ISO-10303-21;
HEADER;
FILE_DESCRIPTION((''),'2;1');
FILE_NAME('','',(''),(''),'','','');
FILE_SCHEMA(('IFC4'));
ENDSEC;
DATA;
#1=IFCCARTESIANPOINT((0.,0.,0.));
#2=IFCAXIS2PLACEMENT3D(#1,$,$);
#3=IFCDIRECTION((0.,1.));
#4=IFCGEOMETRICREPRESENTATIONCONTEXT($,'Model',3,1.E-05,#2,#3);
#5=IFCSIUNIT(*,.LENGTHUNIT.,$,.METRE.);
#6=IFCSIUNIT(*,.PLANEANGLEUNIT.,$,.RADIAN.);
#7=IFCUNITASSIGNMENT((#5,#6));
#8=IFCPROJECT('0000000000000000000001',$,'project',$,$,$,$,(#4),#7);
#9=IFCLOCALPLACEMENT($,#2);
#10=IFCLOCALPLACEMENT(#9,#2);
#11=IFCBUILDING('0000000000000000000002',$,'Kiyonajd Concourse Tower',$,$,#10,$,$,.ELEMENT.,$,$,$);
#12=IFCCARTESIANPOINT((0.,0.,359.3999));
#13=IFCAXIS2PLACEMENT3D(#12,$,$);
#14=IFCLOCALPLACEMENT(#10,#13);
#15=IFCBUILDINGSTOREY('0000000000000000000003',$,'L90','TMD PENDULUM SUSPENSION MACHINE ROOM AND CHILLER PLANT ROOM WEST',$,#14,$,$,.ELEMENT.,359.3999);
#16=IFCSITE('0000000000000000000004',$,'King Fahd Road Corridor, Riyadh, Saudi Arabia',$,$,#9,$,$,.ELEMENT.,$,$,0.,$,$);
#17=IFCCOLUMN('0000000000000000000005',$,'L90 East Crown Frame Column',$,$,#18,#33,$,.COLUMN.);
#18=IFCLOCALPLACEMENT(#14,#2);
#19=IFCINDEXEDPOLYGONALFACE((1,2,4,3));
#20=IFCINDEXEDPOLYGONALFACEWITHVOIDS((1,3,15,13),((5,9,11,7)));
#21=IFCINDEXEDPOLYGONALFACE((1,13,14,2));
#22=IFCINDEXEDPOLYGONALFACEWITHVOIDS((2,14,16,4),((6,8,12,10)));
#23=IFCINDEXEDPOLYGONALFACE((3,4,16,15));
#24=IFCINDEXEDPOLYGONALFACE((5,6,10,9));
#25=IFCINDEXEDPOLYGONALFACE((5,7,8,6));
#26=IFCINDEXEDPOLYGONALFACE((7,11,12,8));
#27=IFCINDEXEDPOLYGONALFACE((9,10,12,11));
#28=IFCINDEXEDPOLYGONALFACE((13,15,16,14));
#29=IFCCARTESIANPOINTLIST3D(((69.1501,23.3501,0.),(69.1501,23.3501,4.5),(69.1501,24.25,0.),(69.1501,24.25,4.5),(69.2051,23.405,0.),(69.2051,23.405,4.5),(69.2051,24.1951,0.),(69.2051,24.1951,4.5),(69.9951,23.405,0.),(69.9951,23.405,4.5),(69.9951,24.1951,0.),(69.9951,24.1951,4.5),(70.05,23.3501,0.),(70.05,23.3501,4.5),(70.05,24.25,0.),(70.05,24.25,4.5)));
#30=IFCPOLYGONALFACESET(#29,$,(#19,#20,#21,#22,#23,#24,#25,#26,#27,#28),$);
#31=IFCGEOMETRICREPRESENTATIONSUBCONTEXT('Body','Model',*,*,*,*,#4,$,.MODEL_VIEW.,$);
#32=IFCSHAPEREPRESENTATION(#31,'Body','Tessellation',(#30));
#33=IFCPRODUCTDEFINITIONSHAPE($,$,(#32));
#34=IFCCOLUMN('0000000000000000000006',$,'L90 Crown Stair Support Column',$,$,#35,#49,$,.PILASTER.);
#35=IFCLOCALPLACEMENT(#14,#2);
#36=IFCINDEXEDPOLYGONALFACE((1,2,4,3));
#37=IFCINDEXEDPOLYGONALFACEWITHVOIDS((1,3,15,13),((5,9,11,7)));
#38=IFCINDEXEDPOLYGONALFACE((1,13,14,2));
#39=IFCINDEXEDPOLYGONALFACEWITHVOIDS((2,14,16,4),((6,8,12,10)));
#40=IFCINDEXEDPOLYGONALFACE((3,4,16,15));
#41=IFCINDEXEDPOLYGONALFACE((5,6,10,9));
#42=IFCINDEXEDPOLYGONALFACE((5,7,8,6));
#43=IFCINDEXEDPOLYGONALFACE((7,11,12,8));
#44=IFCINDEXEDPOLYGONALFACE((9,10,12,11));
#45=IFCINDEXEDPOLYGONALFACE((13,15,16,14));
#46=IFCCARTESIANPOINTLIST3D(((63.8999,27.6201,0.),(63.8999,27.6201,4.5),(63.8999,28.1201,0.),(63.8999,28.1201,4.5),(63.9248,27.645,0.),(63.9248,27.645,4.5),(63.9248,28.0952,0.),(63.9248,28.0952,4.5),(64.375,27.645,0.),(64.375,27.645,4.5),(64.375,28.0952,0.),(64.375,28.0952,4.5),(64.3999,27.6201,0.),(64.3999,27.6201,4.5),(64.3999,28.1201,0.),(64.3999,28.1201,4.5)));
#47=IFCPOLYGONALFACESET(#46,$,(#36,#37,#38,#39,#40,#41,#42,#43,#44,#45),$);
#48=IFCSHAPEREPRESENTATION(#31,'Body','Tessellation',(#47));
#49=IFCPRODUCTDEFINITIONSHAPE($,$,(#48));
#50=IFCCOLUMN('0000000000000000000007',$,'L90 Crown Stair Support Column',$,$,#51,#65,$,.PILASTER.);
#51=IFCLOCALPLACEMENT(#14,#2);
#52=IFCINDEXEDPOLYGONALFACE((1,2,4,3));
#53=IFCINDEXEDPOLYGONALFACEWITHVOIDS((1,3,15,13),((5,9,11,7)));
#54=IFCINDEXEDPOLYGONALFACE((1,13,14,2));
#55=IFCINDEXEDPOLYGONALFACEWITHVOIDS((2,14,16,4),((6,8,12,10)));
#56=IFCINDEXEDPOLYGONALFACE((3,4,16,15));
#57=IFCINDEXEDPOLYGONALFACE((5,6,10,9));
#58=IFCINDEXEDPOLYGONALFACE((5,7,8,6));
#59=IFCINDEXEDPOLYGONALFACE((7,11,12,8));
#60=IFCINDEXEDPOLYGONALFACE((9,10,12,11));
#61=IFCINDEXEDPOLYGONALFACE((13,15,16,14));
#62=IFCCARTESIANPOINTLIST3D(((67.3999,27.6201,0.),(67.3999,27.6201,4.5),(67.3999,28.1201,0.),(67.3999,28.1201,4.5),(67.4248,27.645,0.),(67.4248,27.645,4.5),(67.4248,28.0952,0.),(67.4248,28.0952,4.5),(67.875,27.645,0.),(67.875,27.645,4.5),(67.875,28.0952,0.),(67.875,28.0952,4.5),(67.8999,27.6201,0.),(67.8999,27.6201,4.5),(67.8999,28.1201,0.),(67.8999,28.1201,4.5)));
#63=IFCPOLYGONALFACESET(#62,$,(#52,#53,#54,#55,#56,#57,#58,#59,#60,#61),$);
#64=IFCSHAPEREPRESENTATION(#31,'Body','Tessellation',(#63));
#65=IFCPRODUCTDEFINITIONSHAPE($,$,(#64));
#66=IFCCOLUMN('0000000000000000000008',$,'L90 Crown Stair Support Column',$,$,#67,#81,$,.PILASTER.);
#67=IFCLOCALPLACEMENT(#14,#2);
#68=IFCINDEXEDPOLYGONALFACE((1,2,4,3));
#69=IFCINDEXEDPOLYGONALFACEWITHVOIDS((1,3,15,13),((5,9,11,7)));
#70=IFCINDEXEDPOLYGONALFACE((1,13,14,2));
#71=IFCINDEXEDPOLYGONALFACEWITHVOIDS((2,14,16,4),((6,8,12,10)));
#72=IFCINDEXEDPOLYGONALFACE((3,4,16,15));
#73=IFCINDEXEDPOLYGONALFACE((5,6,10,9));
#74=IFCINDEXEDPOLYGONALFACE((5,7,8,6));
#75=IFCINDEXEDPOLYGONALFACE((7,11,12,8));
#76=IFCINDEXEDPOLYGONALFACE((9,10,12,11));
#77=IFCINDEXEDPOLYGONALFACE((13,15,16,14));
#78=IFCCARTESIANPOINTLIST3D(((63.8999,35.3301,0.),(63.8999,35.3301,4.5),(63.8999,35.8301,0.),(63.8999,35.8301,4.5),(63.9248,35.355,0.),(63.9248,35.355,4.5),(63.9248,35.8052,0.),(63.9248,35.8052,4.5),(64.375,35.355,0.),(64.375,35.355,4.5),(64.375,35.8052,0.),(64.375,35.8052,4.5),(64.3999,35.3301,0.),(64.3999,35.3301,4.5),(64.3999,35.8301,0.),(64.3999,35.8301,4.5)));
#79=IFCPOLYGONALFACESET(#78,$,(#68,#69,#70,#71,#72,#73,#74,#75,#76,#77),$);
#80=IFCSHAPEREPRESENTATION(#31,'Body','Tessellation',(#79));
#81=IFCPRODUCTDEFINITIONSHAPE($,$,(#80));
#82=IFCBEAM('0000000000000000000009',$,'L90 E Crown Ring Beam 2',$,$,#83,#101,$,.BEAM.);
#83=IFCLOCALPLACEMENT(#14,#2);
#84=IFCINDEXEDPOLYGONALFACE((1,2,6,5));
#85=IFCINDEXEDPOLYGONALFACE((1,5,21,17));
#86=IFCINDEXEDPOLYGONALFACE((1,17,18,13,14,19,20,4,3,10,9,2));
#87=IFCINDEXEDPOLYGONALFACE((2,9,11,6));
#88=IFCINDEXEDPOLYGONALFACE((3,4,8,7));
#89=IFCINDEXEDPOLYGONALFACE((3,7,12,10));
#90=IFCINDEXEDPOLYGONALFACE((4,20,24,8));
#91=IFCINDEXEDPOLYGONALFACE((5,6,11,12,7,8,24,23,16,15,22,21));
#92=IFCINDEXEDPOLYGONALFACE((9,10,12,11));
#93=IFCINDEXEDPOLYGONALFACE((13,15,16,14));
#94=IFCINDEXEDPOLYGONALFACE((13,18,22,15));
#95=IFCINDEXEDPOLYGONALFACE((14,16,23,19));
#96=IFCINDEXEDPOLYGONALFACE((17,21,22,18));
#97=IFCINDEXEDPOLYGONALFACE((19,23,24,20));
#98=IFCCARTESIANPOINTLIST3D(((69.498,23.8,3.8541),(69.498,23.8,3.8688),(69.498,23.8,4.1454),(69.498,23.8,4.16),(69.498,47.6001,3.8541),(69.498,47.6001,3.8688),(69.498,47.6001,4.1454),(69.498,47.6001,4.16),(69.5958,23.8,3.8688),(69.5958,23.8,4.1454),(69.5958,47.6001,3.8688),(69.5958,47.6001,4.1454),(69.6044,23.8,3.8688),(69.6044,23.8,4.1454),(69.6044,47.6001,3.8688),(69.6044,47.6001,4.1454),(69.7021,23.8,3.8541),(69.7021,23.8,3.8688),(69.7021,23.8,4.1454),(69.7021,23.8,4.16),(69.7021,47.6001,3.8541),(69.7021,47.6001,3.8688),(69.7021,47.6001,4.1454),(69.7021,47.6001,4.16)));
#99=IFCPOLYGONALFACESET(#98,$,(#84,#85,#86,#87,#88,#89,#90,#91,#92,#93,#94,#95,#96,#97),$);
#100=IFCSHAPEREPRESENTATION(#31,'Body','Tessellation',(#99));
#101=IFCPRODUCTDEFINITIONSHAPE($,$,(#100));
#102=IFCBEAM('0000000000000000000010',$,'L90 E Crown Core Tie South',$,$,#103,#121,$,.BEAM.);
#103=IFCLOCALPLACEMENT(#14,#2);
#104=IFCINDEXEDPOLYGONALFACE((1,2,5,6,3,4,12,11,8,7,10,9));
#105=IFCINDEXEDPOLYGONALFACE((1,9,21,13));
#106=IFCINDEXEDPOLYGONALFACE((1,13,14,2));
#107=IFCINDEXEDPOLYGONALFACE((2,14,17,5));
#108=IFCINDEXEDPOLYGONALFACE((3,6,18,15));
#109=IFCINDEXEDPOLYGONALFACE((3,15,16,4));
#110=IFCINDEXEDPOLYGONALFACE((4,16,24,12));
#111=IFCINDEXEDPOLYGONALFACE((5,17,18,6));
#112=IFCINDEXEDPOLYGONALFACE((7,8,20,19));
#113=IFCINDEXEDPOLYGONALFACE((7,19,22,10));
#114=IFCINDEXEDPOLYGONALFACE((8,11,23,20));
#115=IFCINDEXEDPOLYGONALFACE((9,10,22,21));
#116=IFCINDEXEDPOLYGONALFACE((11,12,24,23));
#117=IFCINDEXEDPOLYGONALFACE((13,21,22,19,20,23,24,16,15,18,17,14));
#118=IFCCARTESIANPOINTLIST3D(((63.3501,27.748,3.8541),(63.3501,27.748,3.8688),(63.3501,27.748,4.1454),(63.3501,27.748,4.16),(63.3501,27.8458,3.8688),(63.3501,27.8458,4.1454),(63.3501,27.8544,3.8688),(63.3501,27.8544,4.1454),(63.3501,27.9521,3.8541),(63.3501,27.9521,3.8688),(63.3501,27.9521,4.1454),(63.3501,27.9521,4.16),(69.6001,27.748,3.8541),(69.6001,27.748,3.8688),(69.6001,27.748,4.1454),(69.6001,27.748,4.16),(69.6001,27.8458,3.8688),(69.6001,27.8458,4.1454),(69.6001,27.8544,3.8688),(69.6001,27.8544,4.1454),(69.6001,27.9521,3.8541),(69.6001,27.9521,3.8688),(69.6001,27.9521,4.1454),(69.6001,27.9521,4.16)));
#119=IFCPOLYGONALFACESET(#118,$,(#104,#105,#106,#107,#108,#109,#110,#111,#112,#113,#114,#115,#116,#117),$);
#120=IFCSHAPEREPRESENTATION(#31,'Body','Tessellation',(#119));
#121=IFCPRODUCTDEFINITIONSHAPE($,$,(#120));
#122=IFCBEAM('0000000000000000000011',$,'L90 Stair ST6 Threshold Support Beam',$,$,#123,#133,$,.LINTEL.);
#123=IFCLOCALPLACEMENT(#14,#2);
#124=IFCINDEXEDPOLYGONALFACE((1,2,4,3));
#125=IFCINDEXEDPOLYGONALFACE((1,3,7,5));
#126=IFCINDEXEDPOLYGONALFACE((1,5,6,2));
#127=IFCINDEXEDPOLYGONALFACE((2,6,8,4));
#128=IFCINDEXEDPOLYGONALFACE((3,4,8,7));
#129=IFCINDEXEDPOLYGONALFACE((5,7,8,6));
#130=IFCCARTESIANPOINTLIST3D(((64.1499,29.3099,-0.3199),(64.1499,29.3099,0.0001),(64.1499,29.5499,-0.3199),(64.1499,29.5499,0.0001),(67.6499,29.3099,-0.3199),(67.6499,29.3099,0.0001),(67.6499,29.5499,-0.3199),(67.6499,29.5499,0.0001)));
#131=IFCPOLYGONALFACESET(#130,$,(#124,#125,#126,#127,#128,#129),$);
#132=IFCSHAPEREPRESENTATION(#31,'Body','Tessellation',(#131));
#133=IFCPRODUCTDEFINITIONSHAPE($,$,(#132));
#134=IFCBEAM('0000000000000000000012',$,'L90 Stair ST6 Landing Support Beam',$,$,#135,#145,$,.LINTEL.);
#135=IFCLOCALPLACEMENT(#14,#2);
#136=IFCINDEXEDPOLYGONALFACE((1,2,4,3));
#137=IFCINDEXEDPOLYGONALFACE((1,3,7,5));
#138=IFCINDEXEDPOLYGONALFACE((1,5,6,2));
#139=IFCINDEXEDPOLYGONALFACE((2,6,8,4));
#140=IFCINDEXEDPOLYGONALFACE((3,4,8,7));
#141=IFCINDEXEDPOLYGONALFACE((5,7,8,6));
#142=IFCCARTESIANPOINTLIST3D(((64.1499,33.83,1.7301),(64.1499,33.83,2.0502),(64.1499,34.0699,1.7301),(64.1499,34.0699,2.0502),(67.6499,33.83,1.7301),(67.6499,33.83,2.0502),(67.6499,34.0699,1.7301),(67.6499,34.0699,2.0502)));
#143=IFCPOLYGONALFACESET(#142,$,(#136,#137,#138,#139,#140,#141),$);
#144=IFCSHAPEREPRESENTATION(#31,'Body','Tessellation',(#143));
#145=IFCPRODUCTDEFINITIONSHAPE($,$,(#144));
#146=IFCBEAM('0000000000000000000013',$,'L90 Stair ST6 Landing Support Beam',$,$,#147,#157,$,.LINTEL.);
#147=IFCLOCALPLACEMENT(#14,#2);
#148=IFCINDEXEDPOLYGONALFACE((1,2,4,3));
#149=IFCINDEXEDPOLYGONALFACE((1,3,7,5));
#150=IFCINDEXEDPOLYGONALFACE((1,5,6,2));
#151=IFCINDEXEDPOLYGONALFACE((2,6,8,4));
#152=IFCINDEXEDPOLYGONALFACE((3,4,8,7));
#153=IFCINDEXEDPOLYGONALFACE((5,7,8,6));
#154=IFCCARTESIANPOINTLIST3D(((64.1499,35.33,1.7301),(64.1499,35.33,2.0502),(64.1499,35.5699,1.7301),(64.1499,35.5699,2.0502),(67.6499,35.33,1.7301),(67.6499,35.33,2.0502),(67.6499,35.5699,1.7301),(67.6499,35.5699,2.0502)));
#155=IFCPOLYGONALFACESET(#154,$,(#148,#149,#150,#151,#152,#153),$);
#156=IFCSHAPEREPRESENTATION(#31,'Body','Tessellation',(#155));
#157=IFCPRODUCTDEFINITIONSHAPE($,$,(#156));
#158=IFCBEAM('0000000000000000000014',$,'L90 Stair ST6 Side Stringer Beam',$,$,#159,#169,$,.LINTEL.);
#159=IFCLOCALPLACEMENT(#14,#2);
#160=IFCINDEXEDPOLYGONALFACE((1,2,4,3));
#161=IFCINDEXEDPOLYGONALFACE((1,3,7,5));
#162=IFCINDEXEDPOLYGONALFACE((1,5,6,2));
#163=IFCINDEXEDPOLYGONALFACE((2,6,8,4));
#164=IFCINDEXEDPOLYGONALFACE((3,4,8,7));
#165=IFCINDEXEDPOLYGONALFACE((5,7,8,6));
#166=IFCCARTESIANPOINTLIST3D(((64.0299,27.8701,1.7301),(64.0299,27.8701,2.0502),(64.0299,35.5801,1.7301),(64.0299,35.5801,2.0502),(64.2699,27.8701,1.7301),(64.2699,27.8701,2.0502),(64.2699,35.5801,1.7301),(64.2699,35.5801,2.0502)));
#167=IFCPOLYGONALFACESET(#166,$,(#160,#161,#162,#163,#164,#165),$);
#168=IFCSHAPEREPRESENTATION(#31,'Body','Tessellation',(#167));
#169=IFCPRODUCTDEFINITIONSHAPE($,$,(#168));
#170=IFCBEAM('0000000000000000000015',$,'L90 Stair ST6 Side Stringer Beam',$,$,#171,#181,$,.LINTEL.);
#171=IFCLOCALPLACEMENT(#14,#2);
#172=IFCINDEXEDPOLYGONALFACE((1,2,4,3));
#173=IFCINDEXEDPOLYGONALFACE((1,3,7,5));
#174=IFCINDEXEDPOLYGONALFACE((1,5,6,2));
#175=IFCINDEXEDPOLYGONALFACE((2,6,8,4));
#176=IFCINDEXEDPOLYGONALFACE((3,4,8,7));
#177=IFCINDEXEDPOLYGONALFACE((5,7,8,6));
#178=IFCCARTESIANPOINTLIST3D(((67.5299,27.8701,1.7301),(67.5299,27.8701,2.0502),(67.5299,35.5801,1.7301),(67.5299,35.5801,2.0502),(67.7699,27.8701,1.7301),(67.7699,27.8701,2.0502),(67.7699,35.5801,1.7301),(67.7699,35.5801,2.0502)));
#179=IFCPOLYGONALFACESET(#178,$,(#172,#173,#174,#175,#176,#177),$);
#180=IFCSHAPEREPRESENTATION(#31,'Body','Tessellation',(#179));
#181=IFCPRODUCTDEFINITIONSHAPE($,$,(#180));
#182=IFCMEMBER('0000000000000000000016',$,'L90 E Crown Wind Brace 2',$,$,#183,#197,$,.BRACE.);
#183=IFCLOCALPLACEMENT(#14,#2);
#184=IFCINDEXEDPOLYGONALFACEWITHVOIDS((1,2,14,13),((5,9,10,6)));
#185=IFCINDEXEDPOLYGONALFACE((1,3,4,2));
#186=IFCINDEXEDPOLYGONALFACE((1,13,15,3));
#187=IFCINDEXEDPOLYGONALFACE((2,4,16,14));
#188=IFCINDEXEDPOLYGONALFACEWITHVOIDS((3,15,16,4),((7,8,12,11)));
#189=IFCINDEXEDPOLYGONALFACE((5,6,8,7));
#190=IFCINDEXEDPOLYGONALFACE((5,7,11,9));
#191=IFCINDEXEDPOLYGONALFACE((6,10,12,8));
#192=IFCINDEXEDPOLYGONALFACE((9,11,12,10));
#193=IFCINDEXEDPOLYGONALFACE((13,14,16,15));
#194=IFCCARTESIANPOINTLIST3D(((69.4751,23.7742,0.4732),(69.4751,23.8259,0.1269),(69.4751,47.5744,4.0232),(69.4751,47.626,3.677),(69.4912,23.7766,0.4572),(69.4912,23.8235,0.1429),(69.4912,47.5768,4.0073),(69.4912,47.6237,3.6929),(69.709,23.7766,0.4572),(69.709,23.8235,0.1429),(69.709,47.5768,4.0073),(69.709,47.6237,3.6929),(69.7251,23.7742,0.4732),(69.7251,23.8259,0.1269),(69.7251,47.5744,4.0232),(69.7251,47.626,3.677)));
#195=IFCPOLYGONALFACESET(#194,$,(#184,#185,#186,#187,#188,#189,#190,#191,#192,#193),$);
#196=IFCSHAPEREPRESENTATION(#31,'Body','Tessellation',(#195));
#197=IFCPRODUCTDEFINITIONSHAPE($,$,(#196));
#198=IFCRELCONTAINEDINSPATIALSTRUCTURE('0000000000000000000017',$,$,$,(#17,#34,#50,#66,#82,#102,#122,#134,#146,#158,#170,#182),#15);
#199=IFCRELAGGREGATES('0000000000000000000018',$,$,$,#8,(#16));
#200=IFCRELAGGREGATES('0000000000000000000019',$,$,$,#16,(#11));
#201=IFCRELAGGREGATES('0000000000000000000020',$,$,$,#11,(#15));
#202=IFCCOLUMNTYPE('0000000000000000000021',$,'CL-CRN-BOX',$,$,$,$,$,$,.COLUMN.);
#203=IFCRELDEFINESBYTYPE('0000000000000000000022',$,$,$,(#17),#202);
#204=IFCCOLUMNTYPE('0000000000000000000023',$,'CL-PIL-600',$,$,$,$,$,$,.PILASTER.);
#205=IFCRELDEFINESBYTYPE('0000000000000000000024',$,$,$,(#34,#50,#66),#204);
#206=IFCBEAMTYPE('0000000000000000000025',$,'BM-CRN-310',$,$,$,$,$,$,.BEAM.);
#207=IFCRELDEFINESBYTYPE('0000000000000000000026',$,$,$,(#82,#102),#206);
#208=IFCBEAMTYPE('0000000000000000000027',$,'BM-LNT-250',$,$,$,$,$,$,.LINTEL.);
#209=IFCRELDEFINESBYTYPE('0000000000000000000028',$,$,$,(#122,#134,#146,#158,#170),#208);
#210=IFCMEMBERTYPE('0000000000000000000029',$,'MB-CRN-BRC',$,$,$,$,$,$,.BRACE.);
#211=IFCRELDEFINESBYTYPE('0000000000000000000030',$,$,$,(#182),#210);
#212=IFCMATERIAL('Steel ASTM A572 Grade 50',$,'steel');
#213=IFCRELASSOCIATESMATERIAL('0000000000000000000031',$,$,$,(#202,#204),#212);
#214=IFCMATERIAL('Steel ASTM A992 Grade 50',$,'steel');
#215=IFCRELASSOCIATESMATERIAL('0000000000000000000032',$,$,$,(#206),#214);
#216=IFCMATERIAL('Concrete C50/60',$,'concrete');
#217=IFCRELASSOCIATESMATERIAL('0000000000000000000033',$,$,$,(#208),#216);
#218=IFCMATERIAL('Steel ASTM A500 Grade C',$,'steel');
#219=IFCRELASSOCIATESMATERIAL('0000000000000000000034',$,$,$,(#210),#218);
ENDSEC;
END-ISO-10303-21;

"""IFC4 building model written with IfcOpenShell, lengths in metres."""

from ifc_helpers import new_model, si_unit, direction, frame, origin, origin_2d, place, context, subcontext, project, spatial, rectangle, hollow_rectangle, i_section, extrude, material, material_profile, profile_set, type_object, element, save


model = new_model("IFC4")

# Units and contexts
model_context = context("Model", 3, precision=1e-05, world=origin(), true_north=direction((0.0, 1.0)))
body_context = subcontext(model_context, "Body", "Model", "MODEL_VIEW")
ifc_project = project(units=[si_unit("LENGTHUNIT", "METRE"), si_unit("PLANEANGLEUNIT", "RADIAN")], contexts=[model_context])

# Site, building, storey
site_placement = place(None, origin())
site = spatial("IfcSite", under=ifc_project, at=site_placement, Name="King Fahd Road Corridor, Riyadh, Saudi Arabia", CompositionType="ELEMENT", RefElevation=0.0)
building_placement = place(site_placement, origin())
building = spatial("IfcBuilding", under=site, at=building_placement, Name="Kiyonajd Concourse Tower", CompositionType="ELEMENT")
storey_placement = place(building_placement, frame((0.0, 0.0, 359.3999)))
storey = spatial("IfcBuildingStorey", under=building, at=storey_placement, Name="L90", Description="TMD PENDULUM SUSPENSION MACHINE ROOM AND CHILLER PLANT ROOM WEST", CompositionType="ELEMENT", Elevation=359.3999)

# Columns
ifc_material_1 = material(Name="Steel ASTM A572 Grade 50", Category="steel")
ifc_material_profile_1 = material_profile(ifc_material_1, hollow_rectangle(XDim=0.8999, YDim=0.8999, WallThickness=0.0549, at=origin_2d()), Name="BOX-900x900x55")
ifc_profile_set_1 = profile_set([ifc_material_profile_1], Name="Steel ASTM A572 Grade 50")
column_type_1 = type_object("IfcColumnType", Name="CL-CRN-BOX", PredefinedType="COLUMN", material=ifc_profile_set_1)
column_placement = place(storey_placement, frame((69.6001, 23.8, 0.0), z_axis=(0.0, 0.0, 1.0), x_axis=(1.0, 0.0, 0.0)))
element("IfcColumn", 1, at=column_placement, inside=storey, type_object=column_type_1, Name="L90 East Crown Frame Column", PredefinedType="COLUMN", context=body_context, shape_type="SweptSolid", body=[
    extrude(hollow_rectangle(XDim=0.8999, YDim=0.8999, WallThickness=0.0549, at=origin_2d()), origin(), (0.0, 0.0, 1.0), 4.5),
])
ifc_material_profile_2 = material_profile(ifc_material_1, hollow_rectangle(XDim=0.5, YDim=0.5, WallThickness=0.0249, at=origin_2d()), Name="HSS-500x500x25")
ifc_profile_set_2 = profile_set([ifc_material_profile_2], Name="Steel ASTM A572 Grade 50")
column_type_2 = type_object("IfcColumnType", Name="CL-PIL-600", PredefinedType="PILASTER", material=ifc_profile_set_2)
for number, where, z_axis, x_axis, name in (
    (2, (64.1499, 27.8701, 0.0), (0.0, 0.0, 1.0), (1.0, 0.0, 0.0), "L90 Crown Stair Support Column"),
    (3, (67.6499, 27.8701, 0.0), (0.0, 0.0, 1.0), (1.0, 0.0, 0.0), "L90 Crown Stair Support Column"),
    (4, (64.1499, 35.5801, 0.0), (0.0, 0.0, 1.0), (1.0, 0.0, 0.0), "L90 Crown Stair Support Column"),
):
    element("IfcColumn", number, at=place(storey_placement, frame(where, z_axis=z_axis, x_axis=x_axis)), inside=storey, type_object=column_type_2, Name=name, PredefinedType="PILASTER", context=body_context, shape_type="SweptSolid", body=[
        extrude(hollow_rectangle(XDim=0.5, YDim=0.5, WallThickness=0.0249, at=origin_2d()), origin(), (0.0, 0.0, 1.0), 4.5),
    ])

# Beams
ifc_material_2 = material(Name="Steel ASTM A992 Grade 50", Category="steel")
ifc_material_profile_3 = material_profile(ifc_material_2, i_section(OverallWidth=0.2041, OverallDepth=0.3059, WebThickness=0.0085, FlangeThickness=0.0146, at=origin_2d()), Name="W310X67")
ifc_profile_set_3 = profile_set([ifc_material_profile_3], Name="Steel ASTM A992 Grade 50")
beam_type_1 = type_object("IfcBeamType", Name="BM-CRN-310", PredefinedType="BEAM", material=ifc_profile_set_3)
beam_1_placement = place(storey_placement, frame((69.6001, 23.8, 4.0071), z_axis=(0.0, 1.0, 0.0), x_axis=(-1.0, 0.0, 0.0)))
element("IfcBeam", 5, at=beam_1_placement, inside=storey, type_object=beam_type_1, Name="L90 E Crown Ring Beam 2", PredefinedType="BEAM", context=body_context, shape_type="SweptSolid", body=[
    extrude(i_section(OverallWidth=0.2041, OverallDepth=0.3059, WebThickness=0.0085, FlangeThickness=0.0146, at=origin_2d()), origin(), (0.0, 0.0, 1.0), 23.8),
])
beam_2_placement = place(storey_placement, frame((63.3501, 27.8501, 4.0071), z_axis=(1.0, 0.0, 0.0), x_axis=(0.0, 1.0, 0.0)))
element("IfcBeam", 6, at=beam_2_placement, inside=storey, type_object=beam_type_1, Name="L90 E Crown Core Tie South", PredefinedType="BEAM", context=body_context, shape_type="SweptSolid", body=[
    extrude(i_section(OverallWidth=0.2041, OverallDepth=0.3059, WebThickness=0.0085, FlangeThickness=0.0146, at=origin_2d()), origin(), (0.0, 0.0, 1.0), 6.25),
])
ifc_material_3 = material(Name="Concrete C50/60", Category="concrete")
ifc_material_profile_4 = material_profile(ifc_material_3, rectangle(XDim=0.24, YDim=0.3201, at=origin_2d()), Name="RCBM-240x320")
ifc_profile_set_4 = profile_set([ifc_material_profile_4], Name="Concrete C50/60")
beam_type_2 = type_object("IfcBeamType", Name="BM-LNT-250", PredefinedType="LINTEL", material=ifc_profile_set_4)
for number, where, z_axis, x_axis, name in (
    (7, (64.1499, 29.4299, -0.1599), (1.0, 0.0, 0.0), (0.0, 1.0, 0.0), "L90 Stair ST6 Threshold Support Beam"),
    (8, (64.1499, 33.95, 1.8901), (1.0, 0.0, 0.0), (0.0, 1.0, 0.0), "L90 Stair ST6 Landing Support Beam"),
    (9, (64.1499, 35.45, 1.8901), (1.0, 0.0, 0.0), (0.0, 1.0, 0.0), "L90 Stair ST6 Landing Support Beam"),
):
    element("IfcBeam", number, at=place(storey_placement, frame(where, z_axis=z_axis, x_axis=x_axis)), inside=storey, type_object=beam_type_2, Name=name, PredefinedType="LINTEL", context=body_context, shape_type="SweptSolid", body=[
        extrude(rectangle(XDim=0.24, YDim=0.3201, at=origin_2d()), origin(), (0.0, 0.0, 1.0), 3.5),
    ])
for number, where, z_axis, x_axis, name in (
    (10, (64.1499, 27.8701, 1.8901), (0.0, 1.0, 0.0), (-1.0, 0.0, 0.0), "L90 Stair ST6 Side Stringer Beam"),
    (11, (67.6499, 27.8701, 1.8901), (0.0, 1.0, 0.0), (-1.0, 0.0, 0.0), "L90 Stair ST6 Side Stringer Beam"),
):
    element("IfcBeam", number, at=place(storey_placement, frame(where, z_axis=z_axis, x_axis=x_axis)), inside=storey, type_object=beam_type_2, Name=name, PredefinedType="LINTEL", context=body_context, shape_type="SweptSolid", body=[
        extrude(rectangle(XDim=0.24, YDim=0.3201, at=origin_2d()), origin(), (0.0, 0.0, 1.0), 7.71),
    ])

# Member
ifc_material_4 = material(Name="Steel ASTM A500 Grade C", Category="steel")
ifc_material_profile_5 = material_profile(ifc_material_4, hollow_rectangle(XDim=0.25, YDim=0.3501, WallThickness=0.0161, at=origin_2d()), Name="HSS-350x250x16")
ifc_profile_set_5 = profile_set([ifc_material_profile_5], Name="Steel ASTM A500 Grade C")
member_type = type_object("IfcMemberType", Name="MB-CRN-BRC", PredefinedType="BRACE", material=ifc_profile_set_5)
member_placement = place(storey_placement, frame((69.6001, 23.8, 0.3), z_axis=(0.0, 0.989058, 0.147529), x_axis=(-1.0, 0.0, 0.0)))
element("IfcMember", 12, at=member_placement, inside=storey, type_object=member_type, Name="L90 E Crown Wind Brace 2", PredefinedType="BRACE", context=body_context, shape_type="SweptSolid", body=[
    extrude(hollow_rectangle(XDim=0.25, YDim=0.3501, WallThickness=0.0161, at=origin_2d()), origin(), (0.0, 0.0, 1.0), 24.0635),
])

save(model, "model.ifc")
